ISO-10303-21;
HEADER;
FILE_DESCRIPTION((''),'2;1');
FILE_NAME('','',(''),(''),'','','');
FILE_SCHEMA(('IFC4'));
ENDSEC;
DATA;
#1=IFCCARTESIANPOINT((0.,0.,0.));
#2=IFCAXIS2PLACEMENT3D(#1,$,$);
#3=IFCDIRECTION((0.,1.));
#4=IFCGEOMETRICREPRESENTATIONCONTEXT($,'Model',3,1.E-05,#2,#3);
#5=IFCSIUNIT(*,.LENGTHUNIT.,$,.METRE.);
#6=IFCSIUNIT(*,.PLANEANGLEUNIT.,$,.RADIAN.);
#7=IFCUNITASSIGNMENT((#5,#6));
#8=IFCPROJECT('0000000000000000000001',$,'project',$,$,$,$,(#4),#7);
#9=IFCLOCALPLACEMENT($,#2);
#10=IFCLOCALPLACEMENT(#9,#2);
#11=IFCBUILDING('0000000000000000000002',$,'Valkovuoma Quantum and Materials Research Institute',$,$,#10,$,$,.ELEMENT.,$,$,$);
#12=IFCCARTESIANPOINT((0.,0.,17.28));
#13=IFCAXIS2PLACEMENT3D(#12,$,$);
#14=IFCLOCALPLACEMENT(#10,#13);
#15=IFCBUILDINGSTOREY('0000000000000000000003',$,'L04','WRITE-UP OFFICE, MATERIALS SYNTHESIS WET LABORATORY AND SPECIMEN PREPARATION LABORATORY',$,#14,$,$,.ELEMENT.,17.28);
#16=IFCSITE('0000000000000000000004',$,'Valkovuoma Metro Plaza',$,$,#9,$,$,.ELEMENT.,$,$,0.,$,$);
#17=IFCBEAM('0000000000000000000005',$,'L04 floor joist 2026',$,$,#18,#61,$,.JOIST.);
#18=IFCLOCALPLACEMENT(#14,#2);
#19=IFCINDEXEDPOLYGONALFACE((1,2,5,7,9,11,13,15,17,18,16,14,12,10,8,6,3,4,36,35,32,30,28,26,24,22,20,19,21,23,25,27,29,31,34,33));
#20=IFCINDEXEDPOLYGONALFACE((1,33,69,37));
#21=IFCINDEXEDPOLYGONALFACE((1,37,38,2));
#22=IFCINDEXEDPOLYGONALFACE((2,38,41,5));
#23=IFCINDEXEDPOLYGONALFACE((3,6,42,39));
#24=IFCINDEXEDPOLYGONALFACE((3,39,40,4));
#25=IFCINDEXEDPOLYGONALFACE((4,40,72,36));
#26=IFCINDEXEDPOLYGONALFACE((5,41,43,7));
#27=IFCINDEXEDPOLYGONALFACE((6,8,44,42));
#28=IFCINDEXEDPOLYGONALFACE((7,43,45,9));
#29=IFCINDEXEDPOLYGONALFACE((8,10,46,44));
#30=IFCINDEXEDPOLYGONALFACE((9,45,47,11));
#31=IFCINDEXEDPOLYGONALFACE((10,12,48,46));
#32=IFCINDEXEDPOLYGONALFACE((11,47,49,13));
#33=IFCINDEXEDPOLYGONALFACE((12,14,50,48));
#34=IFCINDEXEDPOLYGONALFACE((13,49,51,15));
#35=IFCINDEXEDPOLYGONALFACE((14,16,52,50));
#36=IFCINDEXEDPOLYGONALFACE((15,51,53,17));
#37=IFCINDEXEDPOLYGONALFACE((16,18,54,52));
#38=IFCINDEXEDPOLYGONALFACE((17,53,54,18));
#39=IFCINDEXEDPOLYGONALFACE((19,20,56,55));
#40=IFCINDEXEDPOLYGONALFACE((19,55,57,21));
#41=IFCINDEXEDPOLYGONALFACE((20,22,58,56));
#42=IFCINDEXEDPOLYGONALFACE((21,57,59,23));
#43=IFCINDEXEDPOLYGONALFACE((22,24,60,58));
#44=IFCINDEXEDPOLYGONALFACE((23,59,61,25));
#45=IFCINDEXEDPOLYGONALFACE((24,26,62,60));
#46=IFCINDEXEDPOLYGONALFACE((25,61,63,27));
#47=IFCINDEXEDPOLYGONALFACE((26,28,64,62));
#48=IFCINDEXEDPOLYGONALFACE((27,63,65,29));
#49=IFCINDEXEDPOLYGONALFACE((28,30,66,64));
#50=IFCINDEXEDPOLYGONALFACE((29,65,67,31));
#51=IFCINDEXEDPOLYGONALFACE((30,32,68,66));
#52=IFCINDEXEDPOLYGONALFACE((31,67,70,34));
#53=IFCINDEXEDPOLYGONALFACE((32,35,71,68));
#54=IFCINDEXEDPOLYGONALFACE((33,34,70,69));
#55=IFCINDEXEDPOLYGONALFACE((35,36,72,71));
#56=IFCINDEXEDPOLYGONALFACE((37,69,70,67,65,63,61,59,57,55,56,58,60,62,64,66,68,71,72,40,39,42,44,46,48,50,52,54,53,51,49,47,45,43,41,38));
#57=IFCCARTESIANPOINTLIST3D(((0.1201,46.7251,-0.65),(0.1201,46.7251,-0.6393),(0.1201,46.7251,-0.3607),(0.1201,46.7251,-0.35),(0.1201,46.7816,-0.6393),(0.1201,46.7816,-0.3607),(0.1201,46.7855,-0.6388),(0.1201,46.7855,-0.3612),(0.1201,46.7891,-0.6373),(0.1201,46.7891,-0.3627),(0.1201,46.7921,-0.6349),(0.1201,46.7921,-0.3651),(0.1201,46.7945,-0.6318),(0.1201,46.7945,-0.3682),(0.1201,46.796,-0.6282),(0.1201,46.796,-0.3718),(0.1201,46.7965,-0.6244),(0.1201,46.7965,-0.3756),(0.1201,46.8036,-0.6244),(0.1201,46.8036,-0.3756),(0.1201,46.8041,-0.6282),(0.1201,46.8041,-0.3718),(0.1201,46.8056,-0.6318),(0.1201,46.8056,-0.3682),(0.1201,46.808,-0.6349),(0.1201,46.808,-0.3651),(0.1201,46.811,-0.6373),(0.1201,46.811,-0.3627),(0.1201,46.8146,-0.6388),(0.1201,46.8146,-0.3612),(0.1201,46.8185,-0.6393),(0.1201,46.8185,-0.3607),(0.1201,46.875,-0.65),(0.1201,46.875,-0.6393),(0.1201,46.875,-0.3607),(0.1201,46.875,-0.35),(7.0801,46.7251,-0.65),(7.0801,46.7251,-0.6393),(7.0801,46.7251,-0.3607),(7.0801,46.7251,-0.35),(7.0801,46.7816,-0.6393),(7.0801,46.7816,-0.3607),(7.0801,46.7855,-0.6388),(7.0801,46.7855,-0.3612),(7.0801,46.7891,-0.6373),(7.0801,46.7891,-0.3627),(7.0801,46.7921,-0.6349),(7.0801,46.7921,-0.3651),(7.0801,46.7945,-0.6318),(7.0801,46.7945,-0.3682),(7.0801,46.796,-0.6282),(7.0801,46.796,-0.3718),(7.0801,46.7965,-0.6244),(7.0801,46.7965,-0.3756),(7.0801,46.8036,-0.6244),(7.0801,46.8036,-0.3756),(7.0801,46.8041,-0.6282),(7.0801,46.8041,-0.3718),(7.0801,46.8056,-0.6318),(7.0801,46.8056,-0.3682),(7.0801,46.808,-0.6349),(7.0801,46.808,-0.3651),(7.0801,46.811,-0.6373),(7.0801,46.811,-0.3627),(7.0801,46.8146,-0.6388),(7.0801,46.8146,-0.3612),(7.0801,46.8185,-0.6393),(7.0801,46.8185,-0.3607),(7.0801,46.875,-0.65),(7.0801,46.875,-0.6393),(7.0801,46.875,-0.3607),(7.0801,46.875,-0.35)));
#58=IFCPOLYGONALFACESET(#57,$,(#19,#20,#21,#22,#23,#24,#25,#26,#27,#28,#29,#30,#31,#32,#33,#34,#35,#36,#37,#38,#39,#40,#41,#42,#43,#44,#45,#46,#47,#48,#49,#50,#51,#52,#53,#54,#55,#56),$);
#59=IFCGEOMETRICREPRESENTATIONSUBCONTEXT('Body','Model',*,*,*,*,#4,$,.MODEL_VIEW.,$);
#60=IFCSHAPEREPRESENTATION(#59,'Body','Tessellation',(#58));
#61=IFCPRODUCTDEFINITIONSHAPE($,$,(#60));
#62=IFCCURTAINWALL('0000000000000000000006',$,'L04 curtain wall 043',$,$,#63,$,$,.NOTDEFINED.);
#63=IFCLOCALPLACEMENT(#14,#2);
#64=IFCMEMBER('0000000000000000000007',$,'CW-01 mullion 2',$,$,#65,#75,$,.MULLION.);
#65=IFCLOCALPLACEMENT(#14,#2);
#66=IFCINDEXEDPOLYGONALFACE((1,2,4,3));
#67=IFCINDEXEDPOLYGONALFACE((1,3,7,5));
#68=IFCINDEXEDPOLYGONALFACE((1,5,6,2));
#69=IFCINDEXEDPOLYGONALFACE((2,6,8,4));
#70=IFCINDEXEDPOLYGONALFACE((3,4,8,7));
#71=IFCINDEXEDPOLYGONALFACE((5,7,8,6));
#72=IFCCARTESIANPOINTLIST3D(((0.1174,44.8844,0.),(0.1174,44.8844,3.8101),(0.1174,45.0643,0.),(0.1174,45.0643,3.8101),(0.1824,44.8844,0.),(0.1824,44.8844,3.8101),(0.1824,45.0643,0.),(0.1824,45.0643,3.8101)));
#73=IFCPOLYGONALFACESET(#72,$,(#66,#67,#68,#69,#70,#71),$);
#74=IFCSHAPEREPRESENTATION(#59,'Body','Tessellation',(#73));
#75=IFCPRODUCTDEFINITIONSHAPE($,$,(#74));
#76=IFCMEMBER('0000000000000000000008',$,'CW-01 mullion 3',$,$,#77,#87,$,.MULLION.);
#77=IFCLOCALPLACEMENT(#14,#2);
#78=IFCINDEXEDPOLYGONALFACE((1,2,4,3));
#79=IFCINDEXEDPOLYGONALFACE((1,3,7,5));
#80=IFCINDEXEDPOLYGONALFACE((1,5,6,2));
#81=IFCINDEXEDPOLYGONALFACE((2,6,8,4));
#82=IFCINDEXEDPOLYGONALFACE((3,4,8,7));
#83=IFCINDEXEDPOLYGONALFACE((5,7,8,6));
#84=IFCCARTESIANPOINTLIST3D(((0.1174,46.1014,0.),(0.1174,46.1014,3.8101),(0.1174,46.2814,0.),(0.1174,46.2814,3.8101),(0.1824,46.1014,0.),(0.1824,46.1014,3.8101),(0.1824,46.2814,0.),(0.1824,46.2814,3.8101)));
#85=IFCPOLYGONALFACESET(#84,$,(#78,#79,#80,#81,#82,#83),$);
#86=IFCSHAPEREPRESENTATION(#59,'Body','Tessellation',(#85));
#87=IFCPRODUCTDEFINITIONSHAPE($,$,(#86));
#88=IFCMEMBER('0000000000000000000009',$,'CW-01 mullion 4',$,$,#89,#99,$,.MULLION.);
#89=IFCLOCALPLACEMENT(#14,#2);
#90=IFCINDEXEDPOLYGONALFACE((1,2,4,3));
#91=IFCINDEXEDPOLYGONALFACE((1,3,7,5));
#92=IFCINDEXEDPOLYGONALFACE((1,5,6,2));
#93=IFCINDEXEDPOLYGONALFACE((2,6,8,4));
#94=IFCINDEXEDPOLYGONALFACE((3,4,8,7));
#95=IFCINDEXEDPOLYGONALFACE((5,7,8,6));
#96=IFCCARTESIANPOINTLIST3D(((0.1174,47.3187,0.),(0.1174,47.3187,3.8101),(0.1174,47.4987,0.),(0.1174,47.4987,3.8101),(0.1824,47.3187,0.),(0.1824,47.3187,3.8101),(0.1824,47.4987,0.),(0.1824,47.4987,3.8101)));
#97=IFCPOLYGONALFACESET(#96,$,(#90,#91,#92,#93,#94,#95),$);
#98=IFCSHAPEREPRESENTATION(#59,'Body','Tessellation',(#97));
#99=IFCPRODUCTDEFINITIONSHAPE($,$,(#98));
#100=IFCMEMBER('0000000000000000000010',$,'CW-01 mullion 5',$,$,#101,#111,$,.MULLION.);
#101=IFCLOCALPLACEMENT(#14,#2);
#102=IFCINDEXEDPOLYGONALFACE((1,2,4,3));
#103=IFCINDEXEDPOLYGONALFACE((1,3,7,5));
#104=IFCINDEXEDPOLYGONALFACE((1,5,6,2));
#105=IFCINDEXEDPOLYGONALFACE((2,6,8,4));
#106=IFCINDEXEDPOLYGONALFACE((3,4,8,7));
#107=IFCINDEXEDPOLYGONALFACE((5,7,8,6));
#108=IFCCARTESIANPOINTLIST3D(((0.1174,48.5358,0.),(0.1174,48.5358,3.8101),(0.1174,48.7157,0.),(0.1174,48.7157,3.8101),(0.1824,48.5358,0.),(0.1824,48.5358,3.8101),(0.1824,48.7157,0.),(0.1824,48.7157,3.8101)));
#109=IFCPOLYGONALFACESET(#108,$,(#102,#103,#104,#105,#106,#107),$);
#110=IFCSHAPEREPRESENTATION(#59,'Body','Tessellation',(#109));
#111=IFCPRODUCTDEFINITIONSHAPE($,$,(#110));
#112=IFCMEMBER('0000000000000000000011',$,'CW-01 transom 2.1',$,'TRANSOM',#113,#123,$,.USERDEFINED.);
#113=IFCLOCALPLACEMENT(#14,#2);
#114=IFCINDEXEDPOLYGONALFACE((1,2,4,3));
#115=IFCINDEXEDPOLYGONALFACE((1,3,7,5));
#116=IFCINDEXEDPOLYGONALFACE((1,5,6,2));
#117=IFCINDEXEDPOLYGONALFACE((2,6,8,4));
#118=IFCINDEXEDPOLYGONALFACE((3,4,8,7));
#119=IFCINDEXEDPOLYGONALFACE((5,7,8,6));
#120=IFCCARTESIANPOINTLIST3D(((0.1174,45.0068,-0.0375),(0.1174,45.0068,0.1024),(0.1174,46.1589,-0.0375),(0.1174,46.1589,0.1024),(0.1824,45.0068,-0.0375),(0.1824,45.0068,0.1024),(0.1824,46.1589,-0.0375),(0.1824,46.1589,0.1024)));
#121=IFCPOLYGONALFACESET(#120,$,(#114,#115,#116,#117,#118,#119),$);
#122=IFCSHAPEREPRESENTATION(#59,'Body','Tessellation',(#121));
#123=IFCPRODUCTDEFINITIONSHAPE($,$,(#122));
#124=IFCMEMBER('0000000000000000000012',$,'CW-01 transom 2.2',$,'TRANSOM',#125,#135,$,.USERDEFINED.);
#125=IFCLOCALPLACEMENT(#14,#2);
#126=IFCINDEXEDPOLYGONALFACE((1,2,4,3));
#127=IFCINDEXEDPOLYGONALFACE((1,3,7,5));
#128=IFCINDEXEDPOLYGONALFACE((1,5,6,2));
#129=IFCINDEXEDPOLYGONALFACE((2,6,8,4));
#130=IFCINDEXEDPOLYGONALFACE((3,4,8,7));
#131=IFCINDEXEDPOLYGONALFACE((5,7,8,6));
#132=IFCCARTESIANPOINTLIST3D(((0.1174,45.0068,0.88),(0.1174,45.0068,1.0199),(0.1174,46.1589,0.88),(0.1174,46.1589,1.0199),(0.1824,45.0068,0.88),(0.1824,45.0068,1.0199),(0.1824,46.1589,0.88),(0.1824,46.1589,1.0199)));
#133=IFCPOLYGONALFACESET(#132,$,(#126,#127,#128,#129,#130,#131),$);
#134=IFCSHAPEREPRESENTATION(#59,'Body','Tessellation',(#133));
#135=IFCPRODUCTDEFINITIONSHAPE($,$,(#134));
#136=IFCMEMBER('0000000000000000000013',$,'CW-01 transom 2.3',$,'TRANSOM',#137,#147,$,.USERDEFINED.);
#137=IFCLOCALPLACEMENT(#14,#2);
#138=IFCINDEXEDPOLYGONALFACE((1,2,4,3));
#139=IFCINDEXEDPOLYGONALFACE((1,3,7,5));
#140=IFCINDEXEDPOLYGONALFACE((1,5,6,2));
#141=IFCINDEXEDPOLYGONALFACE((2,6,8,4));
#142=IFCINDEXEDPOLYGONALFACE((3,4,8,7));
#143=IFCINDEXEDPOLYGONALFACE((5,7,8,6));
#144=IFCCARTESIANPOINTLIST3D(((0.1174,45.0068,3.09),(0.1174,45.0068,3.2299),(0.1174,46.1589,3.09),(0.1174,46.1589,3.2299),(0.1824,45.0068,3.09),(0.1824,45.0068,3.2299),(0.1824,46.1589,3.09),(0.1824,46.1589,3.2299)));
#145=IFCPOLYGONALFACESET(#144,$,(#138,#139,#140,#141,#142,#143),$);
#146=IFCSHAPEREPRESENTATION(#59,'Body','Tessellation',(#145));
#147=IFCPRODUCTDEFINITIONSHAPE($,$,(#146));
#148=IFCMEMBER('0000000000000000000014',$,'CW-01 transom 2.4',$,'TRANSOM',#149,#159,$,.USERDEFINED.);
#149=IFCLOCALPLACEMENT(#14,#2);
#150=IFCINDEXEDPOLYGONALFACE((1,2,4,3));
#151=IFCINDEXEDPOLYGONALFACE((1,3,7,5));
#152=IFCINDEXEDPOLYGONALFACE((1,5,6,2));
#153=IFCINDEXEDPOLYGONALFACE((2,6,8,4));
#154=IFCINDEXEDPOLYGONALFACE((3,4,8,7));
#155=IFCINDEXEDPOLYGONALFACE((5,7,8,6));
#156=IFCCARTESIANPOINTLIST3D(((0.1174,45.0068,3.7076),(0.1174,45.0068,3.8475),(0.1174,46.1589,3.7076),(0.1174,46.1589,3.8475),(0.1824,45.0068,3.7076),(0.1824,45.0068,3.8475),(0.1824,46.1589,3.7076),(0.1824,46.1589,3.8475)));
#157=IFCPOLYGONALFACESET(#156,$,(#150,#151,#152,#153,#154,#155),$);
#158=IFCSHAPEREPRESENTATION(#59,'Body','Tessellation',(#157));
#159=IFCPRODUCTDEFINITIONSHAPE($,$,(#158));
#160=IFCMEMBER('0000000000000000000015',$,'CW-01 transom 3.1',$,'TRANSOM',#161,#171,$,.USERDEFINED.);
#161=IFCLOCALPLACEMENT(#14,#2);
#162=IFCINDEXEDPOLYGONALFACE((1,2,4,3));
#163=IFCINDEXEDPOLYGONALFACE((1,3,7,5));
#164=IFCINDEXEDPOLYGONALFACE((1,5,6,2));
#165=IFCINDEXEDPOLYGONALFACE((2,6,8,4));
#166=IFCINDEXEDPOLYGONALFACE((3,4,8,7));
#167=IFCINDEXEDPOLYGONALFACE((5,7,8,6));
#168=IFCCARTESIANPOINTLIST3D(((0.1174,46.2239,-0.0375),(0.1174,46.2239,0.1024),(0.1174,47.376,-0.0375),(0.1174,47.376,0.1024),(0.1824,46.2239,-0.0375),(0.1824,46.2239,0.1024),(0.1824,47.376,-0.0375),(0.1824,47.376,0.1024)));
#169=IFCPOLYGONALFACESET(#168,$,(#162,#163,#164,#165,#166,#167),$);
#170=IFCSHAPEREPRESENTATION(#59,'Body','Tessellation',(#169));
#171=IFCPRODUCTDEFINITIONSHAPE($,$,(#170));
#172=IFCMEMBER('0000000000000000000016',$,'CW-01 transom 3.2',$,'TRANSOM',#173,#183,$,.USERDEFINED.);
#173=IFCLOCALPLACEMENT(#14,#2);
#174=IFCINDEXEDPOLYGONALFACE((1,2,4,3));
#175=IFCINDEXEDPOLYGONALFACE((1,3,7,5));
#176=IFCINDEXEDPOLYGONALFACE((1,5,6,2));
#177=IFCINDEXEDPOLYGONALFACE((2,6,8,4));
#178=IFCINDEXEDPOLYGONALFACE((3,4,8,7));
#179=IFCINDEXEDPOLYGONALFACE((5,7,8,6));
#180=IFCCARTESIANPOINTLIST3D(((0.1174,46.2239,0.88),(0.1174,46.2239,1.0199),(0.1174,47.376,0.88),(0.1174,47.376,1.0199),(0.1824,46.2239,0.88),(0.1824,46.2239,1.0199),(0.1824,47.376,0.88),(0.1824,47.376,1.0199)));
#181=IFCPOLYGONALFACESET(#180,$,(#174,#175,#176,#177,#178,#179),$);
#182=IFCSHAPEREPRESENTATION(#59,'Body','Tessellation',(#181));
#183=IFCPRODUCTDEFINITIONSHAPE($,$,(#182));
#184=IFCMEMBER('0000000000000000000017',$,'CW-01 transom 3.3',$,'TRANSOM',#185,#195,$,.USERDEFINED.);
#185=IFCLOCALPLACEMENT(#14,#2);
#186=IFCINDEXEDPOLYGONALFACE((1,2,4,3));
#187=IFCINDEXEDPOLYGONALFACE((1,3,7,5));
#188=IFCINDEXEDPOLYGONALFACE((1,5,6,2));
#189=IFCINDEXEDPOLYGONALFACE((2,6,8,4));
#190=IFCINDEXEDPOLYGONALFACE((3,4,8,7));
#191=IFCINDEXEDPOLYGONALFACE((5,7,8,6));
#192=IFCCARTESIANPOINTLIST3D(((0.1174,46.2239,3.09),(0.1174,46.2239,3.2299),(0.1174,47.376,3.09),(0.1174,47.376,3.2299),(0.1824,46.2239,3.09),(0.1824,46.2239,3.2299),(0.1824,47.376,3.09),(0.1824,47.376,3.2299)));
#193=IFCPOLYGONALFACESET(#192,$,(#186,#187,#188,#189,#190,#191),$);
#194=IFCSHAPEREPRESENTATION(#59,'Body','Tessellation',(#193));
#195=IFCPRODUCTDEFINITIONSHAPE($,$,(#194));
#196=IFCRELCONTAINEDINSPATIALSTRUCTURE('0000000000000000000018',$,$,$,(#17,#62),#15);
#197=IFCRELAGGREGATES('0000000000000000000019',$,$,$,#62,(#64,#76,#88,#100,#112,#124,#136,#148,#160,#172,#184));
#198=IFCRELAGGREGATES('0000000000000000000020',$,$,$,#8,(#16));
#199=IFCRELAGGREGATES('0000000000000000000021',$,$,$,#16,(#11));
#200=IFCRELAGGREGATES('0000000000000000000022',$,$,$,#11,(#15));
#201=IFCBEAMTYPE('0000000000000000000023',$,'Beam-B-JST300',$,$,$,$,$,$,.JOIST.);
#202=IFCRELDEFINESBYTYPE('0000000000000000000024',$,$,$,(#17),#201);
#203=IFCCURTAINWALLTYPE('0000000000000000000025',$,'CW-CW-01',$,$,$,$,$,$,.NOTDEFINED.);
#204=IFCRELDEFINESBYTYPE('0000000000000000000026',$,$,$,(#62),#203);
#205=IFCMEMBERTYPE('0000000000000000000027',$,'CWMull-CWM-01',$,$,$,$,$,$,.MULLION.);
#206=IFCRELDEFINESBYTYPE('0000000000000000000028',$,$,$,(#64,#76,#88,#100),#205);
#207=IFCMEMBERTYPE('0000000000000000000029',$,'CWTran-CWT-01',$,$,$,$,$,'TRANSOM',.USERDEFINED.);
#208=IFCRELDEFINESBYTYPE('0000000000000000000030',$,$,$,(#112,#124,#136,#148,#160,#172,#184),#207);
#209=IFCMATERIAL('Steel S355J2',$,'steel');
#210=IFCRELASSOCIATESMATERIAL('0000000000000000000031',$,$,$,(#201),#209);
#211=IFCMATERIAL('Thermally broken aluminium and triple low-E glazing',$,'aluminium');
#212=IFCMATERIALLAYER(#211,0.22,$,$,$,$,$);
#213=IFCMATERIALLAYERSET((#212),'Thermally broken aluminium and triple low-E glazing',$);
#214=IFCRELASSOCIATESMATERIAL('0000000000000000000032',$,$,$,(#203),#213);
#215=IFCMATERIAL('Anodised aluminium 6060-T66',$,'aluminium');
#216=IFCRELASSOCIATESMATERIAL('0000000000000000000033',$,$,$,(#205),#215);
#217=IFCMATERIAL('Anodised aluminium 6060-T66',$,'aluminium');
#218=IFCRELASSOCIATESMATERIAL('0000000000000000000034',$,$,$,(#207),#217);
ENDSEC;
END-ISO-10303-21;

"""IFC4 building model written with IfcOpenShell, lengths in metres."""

from ifc_helpers import new_model, si_unit, direction, frame, origin, origin_2d, place, context, subcontext, project, spatial, rectangle, i_section, extrude, material, layer, layer_set, material_profile, profile_set, type_object, element, aggregate, save


model = new_model("IFC4")

# Units and contexts
model_context = context("Model", 3, precision=1e-05, world=origin(), true_north=direction((0.0, 1.0)))
body_context = subcontext(model_context, "Body", "Model", "MODEL_VIEW")
ifc_project = project(units=[si_unit("LENGTHUNIT", "METRE"), si_unit("PLANEANGLEUNIT", "RADIAN")], contexts=[model_context])

# Site, building, storey
site_placement = place(None, origin())
site = spatial("IfcSite", under=ifc_project, at=site_placement, Name="Valkovuoma Metro Plaza", CompositionType="ELEMENT", RefElevation=0.0)
building_placement = place(site_placement, origin())
building = spatial("IfcBuilding", under=site, at=building_placement, Name="Valkovuoma Quantum and Materials Research Institute", CompositionType="ELEMENT")
storey_placement = place(building_placement, frame((0.0, 0.0, 17.28)))
storey = spatial("IfcBuildingStorey", under=building, at=storey_placement, Name="L04", Description="WRITE-UP OFFICE, MATERIALS SYNTHESIS WET LABORATORY AND SPECIMEN PREPARATION LABORATORY", CompositionType="ELEMENT", Elevation=17.28)

# Beam
ifc_material_1 = material(Name="Steel S355J2", Category="steel")
ifc_material_profile_1 = material_profile(ifc_material_1, i_section(OverallWidth=0.1499, OverallDepth=0.3, WebThickness=0.0071, FlangeThickness=0.0107, FilletRadius=0.0149, at=origin_2d()), Name="Steel S355J2")
ifc_profile_set_1 = profile_set([ifc_material_profile_1], Name="Steel S355J2")
beam_type = type_object("IfcBeamType", Name="Beam-B-JST300", PredefinedType="JOIST", material=ifc_profile_set_1)
beam_placement = place(storey_placement, frame((0.1201, 46.8, -0.5), z_axis=(1.0, 0.0, 0.0), x_axis=(0.0, 1.0, 0.0)))
element("IfcBeam", 1, at=beam_placement, inside=storey, type_object=beam_type, Name="L04 floor joist 2026", PredefinedType="JOIST", context=body_context, shape_type="SweptSolid", body=[
    extrude(i_section(OverallWidth=0.1499, OverallDepth=0.3, WebThickness=0.0071, FlangeThickness=0.0107, FilletRadius=0.0149, at=origin_2d()), origin(), (0.0, 0.0, 1.0), 6.96),
])

# Curtain wall, members
ifc_material_2 = material(Name="Thermally broken aluminium and triple low-E glazing", Category="aluminium")
ifc_layer_1 = layer(ifc_material_2, 0.22)
ifc_layer_set_1 = layer_set([ifc_layer_1], Name="Thermally broken aluminium and triple low-E glazing")
curtain_wall_type = type_object("IfcCurtainWallType", Name="CW-CW-01", PredefinedType="NOTDEFINED", material=ifc_layer_set_1)
curtain_wall_placement = place(storey_placement, origin())
curtain_wall = element("IfcCurtainWall", 2, at=curtain_wall_placement, inside=storey, type_object=curtain_wall_type, Name="L04 curtain wall 043", PredefinedType="NOTDEFINED")
ifc_material_3 = material(Name="Anodised aluminium 6060-T66", Category="aluminium")
ifc_material_profile_2 = material_profile(ifc_material_3, rectangle(XDim=0.0649, YDim=0.1799, at=origin_2d()), Name="Anodised aluminium 6060-T66")
ifc_profile_set_2 = profile_set([ifc_material_profile_2], Name="Anodised aluminium 6060-T66")
member_type_1 = type_object("IfcMemberType", Name="CWMull-CWM-01", PredefinedType="MULLION", material=ifc_profile_set_2)
member_1_placement = place(storey_placement, frame((0.1499, 44.9744, 0.0), z_axis=(0.0, 0.0, 1.0), x_axis=(-1.0, 0.0, 0.0)))
member_1 = element("IfcMember", 3, at=member_1_placement, type_object=member_type_1, Name="CW-01 mullion 2", PredefinedType="MULLION", context=body_context, shape_type="SweptSolid", body=[
    extrude(rectangle(XDim=0.0649, YDim=0.1799, at=origin_2d()), origin(), (0.0, 0.0, 1.0), 3.8101),
])
member_2_placement = place(storey_placement, frame((0.1499, 46.1914, 0.0), z_axis=(0.0, 0.0, 1.0), x_axis=(-1.0, 0.0, 0.0)))
member_2 = element("IfcMember", 4, at=member_2_placement, type_object=member_type_1, Name="CW-01 mullion 3", PredefinedType="MULLION", context=body_context, shape_type="SweptSolid", body=[
    extrude(rectangle(XDim=0.0649, YDim=0.1799, at=origin_2d()), origin(), (0.0, 0.0, 1.0), 3.8101),
])
member_3_placement = place(storey_placement, frame((0.1499, 47.4087, 0.0), z_axis=(0.0, 0.0, 1.0), x_axis=(-1.0, 0.0, 0.0)))
member_3 = element("IfcMember", 5, at=member_3_placement, type_object=member_type_1, Name="CW-01 mullion 4", PredefinedType="MULLION", context=body_context, shape_type="SweptSolid", body=[
    extrude(rectangle(XDim=0.0649, YDim=0.1799, at=origin_2d()), origin(), (0.0, 0.0, 1.0), 3.8101),
])
member_4_placement = place(storey_placement, frame((0.1499, 48.6257, 0.0), z_axis=(0.0, 0.0, 1.0), x_axis=(-1.0, 0.0, 0.0)))
member_4 = element("IfcMember", 6, at=member_4_placement, type_object=member_type_1, Name="CW-01 mullion 5", PredefinedType="MULLION", context=body_context, shape_type="SweptSolid", body=[
    extrude(rectangle(XDim=0.0649, YDim=0.1799, at=origin_2d()), origin(), (0.0, 0.0, 1.0), 3.8101),
])
ifc_material_4 = material(Name="Anodised aluminium 6060-T66", Category="aluminium")
ifc_material_profile_3 = material_profile(ifc_material_4, rectangle(XDim=0.0649, YDim=0.1399, at=origin_2d()), Name="Anodised aluminium 6060-T66")
ifc_profile_set_3 = profile_set([ifc_material_profile_3], Name="Anodised aluminium 6060-T66")
member_type_2 = type_object("IfcMemberType", Name="CWTran-CWT-01", ElementType="TRANSOM", PredefinedType="USERDEFINED", material=ifc_profile_set_3)
member_5_placement = place(storey_placement, frame((0.1499, 45.0068, 0.0325), z_axis=(0.0, 1.0, 0.0), x_axis=(-1.0, 0.0, 0.0)))
member_5 = element("IfcMember", 7, at=member_5_placement, type_object=member_type_2, Name="CW-01 transom 2.1", ObjectType="TRANSOM", PredefinedType="USERDEFINED", context=body_context, shape_type="SweptSolid", body=[
    extrude(rectangle(XDim=0.0649, YDim=0.1399, at=origin_2d()), origin(), (0.0, 0.0, 1.0), 1.1521),
])
member_6_placement = place(storey_placement, frame((0.1499, 45.0068, 0.95), z_axis=(0.0, 1.0, 0.0), x_axis=(-1.0, 0.0, 0.0)))
member_6 = element("IfcMember", 8, at=member_6_placement, type_object=member_type_2, Name="CW-01 transom 2.2", ObjectType="TRANSOM", PredefinedType="USERDEFINED", context=body_context, shape_type="SweptSolid", body=[
    extrude(rectangle(XDim=0.0649, YDim=0.1399, at=origin_2d()), origin(), (0.0, 0.0, 1.0), 1.1521),
])
member_7_placement = place(storey_placement, frame((0.1499, 45.0068, 3.1599), z_axis=(0.0, 1.0, 0.0), x_axis=(-1.0, 0.0, 0.0)))
member_7 = element("IfcMember", 9, at=member_7_placement, type_object=member_type_2, Name="CW-01 transom 2.3", ObjectType="TRANSOM", PredefinedType="USERDEFINED", context=body_context, shape_type="SweptSolid", body=[
    extrude(rectangle(XDim=0.0649, YDim=0.1399, at=origin_2d()), origin(), (0.0, 0.0, 1.0), 1.1521),
])
member_8_placement = place(storey_placement, frame((0.1499, 45.0068, 3.7776), z_axis=(0.0, 1.0, 0.0), x_axis=(-1.0, 0.0, 0.0)))
member_8 = element("IfcMember", 10, at=member_8_placement, type_object=member_type_2, Name="CW-01 transom 2.4", ObjectType="TRANSOM", PredefinedType="USERDEFINED", context=body_context, shape_type="SweptSolid", body=[
    extrude(rectangle(XDim=0.0649, YDim=0.1399, at=origin_2d()), origin(), (0.0, 0.0, 1.0), 1.1521),
])
member_9_placement = place(storey_placement, frame((0.1499, 46.2239, 0.0325), z_axis=(0.0, 1.0, 0.0), x_axis=(-1.0, 0.0, 0.0)))
member_9 = element("IfcMember", 11, at=member_9_placement, type_object=member_type_2, Name="CW-01 transom 3.1", ObjectType="TRANSOM", PredefinedType="USERDEFINED", context=body_context, shape_type="SweptSolid", body=[
    extrude(rectangle(XDim=0.0649, YDim=0.1399, at=origin_2d()), origin(), (0.0, 0.0, 1.0), 1.1521),
])
member_10_placement = place(storey_placement, frame((0.1499, 46.2239, 0.95), z_axis=(0.0, 1.0, 0.0), x_axis=(-1.0, 0.0, 0.0)))
member_10 = element("IfcMember", 12, at=member_10_placement, type_object=member_type_2, Name="CW-01 transom 3.2", ObjectType="TRANSOM", PredefinedType="USERDEFINED", context=body_context, shape_type="SweptSolid", body=[
    extrude(rectangle(XDim=0.0649, YDim=0.1399, at=origin_2d()), origin(), (0.0, 0.0, 1.0), 1.1521),
])
member_11_placement = place(storey_placement, frame((0.1499, 46.2239, 3.1599), z_axis=(0.0, 1.0, 0.0), x_axis=(-1.0, 0.0, 0.0)))
member_11 = element("IfcMember", 13, at=member_11_placement, type_object=member_type_2, Name="CW-01 transom 3.3", ObjectType="TRANSOM", PredefinedType="USERDEFINED", context=body_context, shape_type="SweptSolid", body=[
    extrude(rectangle(XDim=0.0649, YDim=0.1399, at=origin_2d()), origin(), (0.0, 0.0, 1.0), 1.1521),
])
aggregate(curtain_wall, [member_1, member_2, member_3, member_4, member_5, member_6, member_7, member_8, member_9, member_10, member_11])

save(model, "model.ifc")
